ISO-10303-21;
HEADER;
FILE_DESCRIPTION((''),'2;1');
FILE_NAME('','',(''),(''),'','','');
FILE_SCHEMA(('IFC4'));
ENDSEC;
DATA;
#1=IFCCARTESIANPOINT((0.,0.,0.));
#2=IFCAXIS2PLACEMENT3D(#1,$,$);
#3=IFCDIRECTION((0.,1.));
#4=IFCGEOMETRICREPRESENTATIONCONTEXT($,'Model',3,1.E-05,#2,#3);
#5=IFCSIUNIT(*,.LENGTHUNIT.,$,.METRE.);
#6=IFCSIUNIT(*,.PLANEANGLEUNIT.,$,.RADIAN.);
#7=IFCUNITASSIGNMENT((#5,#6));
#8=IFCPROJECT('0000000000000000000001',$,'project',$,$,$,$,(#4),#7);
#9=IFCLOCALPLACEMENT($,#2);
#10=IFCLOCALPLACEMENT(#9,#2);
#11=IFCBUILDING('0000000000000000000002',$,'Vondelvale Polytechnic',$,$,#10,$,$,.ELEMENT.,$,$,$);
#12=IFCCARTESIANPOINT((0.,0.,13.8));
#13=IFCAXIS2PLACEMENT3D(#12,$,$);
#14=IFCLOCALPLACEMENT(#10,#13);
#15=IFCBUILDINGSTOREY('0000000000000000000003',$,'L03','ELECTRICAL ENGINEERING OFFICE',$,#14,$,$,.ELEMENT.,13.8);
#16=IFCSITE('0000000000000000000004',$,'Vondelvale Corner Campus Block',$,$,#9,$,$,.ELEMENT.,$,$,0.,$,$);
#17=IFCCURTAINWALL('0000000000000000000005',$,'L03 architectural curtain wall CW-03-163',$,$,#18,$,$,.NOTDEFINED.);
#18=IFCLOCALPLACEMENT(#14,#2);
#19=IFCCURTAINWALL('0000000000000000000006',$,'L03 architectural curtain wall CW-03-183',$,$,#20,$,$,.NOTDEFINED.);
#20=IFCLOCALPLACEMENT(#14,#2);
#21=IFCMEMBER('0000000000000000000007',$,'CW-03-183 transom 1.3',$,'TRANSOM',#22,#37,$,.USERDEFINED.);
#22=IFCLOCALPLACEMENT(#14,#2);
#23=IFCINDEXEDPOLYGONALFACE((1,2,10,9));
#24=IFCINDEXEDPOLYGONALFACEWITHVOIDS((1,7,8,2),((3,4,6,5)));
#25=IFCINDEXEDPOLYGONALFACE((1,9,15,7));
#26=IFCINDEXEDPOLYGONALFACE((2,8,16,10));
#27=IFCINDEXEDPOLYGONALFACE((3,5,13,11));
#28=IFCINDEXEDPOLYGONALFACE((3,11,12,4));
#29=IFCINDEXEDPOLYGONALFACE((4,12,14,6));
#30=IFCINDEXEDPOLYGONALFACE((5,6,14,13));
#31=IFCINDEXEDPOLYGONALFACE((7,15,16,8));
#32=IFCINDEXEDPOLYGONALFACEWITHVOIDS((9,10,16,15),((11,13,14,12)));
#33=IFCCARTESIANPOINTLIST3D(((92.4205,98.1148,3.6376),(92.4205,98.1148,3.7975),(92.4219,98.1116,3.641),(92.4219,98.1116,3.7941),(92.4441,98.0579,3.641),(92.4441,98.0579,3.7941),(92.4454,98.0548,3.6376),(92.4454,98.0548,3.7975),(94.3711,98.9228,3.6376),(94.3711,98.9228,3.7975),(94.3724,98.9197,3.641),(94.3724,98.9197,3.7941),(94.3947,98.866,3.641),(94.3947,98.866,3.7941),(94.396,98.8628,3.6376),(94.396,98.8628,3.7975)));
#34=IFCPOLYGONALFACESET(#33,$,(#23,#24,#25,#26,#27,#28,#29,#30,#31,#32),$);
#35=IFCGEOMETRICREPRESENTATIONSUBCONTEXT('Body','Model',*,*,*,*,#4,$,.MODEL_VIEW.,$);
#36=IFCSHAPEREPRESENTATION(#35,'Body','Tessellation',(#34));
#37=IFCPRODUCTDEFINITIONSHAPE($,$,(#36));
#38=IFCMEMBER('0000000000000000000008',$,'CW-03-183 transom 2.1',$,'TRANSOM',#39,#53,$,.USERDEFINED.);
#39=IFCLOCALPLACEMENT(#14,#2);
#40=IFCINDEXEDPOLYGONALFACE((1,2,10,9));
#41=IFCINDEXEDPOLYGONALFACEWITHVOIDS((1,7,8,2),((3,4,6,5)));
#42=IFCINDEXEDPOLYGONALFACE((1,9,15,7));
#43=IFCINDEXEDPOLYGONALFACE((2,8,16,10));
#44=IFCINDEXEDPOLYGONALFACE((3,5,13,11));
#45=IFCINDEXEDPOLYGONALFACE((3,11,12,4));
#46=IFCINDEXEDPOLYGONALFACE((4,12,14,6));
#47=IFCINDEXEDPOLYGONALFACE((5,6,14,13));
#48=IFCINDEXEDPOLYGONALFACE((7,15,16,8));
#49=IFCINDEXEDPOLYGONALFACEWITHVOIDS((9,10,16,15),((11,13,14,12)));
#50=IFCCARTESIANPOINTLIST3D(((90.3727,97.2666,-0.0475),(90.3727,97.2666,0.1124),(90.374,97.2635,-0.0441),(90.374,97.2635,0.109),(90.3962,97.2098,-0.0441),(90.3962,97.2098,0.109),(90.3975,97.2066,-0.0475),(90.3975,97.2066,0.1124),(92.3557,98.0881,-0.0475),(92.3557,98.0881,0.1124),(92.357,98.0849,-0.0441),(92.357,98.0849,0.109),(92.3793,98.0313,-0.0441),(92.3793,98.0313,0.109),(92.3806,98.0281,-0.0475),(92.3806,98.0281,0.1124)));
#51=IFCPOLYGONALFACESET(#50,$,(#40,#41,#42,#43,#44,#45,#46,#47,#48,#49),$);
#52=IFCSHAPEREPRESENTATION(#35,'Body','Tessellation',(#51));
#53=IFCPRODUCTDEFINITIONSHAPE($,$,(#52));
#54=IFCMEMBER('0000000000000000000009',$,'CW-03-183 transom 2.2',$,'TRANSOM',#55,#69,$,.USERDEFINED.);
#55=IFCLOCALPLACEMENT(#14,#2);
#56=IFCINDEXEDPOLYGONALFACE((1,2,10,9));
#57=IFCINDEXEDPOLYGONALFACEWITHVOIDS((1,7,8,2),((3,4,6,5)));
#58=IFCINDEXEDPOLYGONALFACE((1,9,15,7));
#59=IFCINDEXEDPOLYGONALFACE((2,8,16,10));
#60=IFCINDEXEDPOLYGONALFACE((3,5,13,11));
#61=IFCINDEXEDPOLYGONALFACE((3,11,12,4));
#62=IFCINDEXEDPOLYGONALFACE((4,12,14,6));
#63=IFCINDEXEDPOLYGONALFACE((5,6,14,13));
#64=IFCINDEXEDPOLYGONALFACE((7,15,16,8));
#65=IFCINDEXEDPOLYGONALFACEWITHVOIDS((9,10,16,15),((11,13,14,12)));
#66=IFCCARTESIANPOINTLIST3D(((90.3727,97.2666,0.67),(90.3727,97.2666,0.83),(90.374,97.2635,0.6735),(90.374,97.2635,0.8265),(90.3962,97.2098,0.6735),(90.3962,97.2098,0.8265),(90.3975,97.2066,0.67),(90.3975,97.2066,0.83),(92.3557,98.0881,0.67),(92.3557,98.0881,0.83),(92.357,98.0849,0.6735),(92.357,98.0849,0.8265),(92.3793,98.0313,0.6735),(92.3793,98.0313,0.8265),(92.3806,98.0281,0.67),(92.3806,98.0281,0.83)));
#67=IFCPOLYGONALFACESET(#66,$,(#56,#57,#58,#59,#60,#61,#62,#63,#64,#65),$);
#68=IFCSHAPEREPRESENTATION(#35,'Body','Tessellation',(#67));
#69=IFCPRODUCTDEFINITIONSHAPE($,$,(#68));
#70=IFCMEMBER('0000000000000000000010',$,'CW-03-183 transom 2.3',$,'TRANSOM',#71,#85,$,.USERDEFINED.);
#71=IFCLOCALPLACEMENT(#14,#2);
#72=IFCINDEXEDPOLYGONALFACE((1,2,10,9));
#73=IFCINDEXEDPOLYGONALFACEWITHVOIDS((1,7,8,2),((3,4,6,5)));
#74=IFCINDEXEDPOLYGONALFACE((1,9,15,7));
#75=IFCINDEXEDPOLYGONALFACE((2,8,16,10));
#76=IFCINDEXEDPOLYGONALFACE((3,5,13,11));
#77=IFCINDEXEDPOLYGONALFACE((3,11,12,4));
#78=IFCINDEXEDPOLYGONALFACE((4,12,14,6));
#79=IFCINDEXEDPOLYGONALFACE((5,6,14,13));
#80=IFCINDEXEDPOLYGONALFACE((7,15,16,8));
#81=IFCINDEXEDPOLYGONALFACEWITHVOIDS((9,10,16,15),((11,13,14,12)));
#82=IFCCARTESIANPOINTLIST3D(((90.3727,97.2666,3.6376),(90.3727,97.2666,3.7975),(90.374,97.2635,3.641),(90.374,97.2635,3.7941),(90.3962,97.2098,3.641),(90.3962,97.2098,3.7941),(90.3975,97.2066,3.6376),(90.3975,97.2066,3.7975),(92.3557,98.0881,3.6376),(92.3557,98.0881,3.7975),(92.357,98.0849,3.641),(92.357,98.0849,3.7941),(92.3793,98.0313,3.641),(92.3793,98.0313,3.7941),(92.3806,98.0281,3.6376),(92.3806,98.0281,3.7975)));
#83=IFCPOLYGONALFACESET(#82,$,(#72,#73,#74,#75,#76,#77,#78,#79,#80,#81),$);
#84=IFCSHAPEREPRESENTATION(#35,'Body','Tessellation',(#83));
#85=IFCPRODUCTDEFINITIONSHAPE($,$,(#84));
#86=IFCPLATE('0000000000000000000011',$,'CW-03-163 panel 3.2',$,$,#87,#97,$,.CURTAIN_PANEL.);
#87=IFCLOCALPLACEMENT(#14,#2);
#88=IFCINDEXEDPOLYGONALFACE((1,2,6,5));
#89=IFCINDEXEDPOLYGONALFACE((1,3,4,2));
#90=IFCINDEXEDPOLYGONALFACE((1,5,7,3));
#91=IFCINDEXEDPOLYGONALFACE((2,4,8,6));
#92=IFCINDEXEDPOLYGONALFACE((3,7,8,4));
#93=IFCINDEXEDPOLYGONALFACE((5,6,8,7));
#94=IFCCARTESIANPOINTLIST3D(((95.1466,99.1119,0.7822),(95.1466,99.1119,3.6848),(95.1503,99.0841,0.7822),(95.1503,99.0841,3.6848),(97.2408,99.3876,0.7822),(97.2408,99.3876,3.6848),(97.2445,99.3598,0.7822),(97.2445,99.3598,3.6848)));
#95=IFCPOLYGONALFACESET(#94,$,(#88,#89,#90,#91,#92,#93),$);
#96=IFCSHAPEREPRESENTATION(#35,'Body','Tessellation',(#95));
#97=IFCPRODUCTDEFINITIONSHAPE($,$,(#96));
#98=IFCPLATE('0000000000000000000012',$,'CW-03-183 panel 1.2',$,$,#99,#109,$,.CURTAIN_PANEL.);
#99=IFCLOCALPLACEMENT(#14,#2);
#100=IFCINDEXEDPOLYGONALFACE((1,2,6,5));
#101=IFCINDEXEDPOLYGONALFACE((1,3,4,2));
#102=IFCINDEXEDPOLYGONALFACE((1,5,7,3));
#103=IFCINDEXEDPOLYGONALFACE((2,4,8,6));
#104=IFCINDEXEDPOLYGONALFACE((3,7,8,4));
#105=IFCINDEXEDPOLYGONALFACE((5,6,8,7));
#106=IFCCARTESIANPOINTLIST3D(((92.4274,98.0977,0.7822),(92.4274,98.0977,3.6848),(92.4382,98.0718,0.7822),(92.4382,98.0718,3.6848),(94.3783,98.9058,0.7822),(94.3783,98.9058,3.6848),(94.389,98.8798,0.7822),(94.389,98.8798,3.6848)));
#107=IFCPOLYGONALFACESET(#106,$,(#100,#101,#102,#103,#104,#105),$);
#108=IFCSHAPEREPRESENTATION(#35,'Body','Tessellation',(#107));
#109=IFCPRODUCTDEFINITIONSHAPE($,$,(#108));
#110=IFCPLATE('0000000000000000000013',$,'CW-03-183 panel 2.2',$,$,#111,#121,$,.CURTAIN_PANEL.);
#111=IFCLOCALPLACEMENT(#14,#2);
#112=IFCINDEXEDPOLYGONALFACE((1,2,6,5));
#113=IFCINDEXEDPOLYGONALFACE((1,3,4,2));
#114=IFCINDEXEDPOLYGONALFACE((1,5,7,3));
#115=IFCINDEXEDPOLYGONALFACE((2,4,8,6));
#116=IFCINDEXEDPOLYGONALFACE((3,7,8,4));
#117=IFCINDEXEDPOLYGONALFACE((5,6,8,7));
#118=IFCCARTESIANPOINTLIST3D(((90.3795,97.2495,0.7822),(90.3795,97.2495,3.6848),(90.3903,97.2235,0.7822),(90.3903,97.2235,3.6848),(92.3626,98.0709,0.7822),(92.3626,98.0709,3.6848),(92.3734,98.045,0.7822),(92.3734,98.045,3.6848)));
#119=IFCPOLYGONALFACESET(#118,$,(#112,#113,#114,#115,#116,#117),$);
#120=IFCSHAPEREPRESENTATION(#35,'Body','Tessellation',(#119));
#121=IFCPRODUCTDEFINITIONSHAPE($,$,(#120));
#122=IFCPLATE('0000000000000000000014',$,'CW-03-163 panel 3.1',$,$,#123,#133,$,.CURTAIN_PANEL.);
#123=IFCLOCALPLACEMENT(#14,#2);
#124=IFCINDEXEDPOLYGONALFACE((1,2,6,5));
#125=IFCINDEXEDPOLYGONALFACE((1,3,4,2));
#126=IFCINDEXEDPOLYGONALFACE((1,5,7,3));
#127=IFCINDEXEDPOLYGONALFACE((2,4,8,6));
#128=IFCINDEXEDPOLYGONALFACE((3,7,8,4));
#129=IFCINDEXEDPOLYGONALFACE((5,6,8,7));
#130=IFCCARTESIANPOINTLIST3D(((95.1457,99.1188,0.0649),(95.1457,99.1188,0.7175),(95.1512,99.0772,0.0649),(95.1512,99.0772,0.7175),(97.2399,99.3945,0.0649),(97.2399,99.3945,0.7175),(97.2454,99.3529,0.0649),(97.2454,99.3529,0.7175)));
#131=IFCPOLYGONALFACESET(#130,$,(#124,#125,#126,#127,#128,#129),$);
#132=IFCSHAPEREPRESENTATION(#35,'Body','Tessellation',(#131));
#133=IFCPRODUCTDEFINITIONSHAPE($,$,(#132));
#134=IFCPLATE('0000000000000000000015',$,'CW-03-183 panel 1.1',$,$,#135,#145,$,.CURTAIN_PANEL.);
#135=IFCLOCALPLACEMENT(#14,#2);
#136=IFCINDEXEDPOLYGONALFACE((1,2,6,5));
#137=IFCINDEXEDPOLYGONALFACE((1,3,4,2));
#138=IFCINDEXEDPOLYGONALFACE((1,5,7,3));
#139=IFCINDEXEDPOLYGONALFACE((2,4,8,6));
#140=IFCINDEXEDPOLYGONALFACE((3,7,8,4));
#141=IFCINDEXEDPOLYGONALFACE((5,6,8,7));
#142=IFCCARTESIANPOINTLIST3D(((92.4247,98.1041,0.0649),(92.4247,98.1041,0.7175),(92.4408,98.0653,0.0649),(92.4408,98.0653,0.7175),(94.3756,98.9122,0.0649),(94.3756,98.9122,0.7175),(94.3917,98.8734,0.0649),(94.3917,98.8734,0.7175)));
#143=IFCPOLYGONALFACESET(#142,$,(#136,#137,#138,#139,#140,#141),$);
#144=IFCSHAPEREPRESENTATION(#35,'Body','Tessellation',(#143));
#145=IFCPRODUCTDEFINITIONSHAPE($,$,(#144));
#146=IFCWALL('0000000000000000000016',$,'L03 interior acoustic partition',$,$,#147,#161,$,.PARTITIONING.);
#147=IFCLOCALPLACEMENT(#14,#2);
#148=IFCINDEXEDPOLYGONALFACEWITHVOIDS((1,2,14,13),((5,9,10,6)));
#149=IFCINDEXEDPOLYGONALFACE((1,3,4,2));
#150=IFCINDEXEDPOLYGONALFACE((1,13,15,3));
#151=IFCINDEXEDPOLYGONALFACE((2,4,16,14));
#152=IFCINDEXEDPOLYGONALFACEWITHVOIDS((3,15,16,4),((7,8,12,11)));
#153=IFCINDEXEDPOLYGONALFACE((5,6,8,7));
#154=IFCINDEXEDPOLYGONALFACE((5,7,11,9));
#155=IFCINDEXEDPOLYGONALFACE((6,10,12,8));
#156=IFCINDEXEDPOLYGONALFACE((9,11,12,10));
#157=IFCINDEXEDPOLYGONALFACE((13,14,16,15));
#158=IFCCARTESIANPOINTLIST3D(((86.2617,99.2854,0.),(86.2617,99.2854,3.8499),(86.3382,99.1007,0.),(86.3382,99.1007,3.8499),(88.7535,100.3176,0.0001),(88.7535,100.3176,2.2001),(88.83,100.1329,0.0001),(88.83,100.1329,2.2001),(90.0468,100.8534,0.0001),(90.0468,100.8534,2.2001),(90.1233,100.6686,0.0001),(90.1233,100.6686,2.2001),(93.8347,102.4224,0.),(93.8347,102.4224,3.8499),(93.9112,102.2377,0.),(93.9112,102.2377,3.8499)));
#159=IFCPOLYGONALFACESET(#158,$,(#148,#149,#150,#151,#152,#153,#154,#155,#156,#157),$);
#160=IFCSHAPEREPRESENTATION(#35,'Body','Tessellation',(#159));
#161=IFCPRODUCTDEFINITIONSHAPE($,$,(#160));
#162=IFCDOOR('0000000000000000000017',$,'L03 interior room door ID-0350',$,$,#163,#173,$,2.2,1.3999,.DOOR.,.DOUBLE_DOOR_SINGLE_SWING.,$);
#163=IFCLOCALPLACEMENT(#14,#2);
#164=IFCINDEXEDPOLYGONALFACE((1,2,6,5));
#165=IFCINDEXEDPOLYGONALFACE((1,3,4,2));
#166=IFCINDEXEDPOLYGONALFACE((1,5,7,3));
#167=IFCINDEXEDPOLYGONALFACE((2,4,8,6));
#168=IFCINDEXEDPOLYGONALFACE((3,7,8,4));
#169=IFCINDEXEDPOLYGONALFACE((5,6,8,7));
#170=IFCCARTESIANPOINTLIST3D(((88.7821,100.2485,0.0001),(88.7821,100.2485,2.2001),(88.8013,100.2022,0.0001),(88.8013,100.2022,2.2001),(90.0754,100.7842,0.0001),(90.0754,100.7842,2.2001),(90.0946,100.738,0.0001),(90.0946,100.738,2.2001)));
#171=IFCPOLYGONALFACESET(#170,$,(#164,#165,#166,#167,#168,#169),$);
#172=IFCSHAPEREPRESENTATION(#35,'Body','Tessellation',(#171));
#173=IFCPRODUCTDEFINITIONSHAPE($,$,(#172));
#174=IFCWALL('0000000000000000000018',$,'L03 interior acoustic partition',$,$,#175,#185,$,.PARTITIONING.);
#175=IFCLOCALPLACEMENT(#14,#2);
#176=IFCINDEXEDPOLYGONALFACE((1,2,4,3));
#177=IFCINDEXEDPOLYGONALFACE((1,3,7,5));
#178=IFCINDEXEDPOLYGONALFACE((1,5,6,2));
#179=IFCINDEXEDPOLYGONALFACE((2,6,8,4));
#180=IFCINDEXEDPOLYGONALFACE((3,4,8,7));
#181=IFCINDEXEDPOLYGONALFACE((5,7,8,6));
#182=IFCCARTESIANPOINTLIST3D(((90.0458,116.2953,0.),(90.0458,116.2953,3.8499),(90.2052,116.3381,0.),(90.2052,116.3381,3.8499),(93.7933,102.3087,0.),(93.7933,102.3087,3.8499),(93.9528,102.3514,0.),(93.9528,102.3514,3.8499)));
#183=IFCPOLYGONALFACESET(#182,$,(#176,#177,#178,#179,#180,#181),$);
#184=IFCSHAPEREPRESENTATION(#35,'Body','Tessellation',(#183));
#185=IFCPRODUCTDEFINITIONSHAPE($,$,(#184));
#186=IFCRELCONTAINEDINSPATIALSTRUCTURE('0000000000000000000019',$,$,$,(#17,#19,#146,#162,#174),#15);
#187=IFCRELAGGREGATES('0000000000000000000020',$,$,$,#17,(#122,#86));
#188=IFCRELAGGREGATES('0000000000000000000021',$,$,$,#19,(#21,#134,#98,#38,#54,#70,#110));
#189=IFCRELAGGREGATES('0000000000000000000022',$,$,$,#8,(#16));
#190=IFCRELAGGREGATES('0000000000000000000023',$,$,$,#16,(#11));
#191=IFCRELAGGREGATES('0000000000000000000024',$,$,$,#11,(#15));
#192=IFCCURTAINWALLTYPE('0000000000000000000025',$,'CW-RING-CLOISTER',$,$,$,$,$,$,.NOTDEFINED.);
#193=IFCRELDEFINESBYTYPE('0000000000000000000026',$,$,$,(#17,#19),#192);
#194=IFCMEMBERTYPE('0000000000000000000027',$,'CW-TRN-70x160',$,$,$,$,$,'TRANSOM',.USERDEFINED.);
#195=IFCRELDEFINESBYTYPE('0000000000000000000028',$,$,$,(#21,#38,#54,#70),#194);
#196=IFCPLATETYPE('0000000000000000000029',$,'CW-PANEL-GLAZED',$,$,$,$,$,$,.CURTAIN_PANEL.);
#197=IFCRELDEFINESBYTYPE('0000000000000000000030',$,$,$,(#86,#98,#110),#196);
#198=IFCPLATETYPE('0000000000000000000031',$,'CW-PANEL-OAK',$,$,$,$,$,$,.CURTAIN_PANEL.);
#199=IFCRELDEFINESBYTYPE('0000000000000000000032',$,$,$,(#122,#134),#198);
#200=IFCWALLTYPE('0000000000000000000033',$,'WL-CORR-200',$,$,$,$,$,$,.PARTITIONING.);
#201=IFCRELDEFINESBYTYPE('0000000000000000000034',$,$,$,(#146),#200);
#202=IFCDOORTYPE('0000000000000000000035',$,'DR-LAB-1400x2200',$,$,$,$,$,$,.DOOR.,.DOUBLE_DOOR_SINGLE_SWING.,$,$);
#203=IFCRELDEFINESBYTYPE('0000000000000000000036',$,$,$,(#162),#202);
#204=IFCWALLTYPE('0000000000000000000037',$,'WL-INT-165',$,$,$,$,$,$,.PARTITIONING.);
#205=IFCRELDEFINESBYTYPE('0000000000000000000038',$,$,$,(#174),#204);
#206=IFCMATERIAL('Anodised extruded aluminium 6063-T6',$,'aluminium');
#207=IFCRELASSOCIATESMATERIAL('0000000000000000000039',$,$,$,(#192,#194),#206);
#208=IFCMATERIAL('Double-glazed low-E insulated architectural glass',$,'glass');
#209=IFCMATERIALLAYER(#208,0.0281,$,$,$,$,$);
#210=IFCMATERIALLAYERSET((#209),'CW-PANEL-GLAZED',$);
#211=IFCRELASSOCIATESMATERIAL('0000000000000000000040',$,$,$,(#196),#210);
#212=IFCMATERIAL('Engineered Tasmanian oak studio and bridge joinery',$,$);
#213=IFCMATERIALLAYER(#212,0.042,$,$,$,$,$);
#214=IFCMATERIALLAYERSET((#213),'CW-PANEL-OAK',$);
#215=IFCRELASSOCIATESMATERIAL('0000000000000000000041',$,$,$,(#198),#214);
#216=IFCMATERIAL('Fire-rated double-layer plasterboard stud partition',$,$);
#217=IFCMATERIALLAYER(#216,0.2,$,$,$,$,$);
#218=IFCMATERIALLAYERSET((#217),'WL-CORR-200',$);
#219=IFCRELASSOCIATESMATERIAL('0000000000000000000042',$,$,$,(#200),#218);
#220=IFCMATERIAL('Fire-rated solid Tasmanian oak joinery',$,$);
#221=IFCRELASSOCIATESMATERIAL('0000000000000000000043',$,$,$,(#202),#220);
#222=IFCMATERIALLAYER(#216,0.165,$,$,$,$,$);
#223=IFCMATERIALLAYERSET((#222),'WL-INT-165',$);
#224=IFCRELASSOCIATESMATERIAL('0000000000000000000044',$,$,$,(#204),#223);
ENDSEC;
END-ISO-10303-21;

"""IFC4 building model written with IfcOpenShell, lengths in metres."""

from ifc_helpers import new_model, si_unit, direction, frame, frame_2d, origin, origin_2d, place, context, subcontext, project, spatial, rectangle, hollow_rectangle, extrude, material, layer, layer_set, material_profile, profile_set, type_object, element, fill, aggregate, save


model = new_model("IFC4")

# Units and contexts
model_context = context("Model", 3, precision=1e-05, world=origin(), true_north=direction((0.0, 1.0)))
body_context = subcontext(model_context, "Body", "Model", "MODEL_VIEW")
ifc_project = project(units=[si_unit("LENGTHUNIT", "METRE"), si_unit("PLANEANGLEUNIT", "RADIAN")], contexts=[model_context])

# Site, building, storey
site_placement = place(None, origin())
site = spatial("IfcSite", under=ifc_project, at=site_placement, Name="Vondelvale Corner Campus Block", CompositionType="ELEMENT", RefElevation=0.0)
building_placement = place(site_placement, origin())
building = spatial("IfcBuilding", under=site, at=building_placement, Name="Vondelvale Polytechnic", CompositionType="ELEMENT")
storey_placement = place(building_placement, frame((0.0, 0.0, 13.8)))
storey = spatial("IfcBuildingStorey", under=building, at=storey_placement, Name="L03", Description="ELECTRICAL ENGINEERING OFFICE", CompositionType="ELEMENT", Elevation=13.8)

# Curtain wall
ifc_material_1 = material(Name="Anodised extruded aluminium 6063-T6", Category="aluminium")
curtain_wall_type = type_object("IfcCurtainWallType", Name="CW-RING-CLOISTER", PredefinedType="NOTDEFINED", material=ifc_material_1)
curtain_wall_1_placement = place(storey_placement, origin())
curtain_wall_1 = element("IfcCurtainWall", 1, at=curtain_wall_1_placement, inside=storey, type_object=curtain_wall_type, Name="L03 architectural curtain wall CW-03-163", PredefinedType="NOTDEFINED")

# Curtain wall, members
curtain_wall_2_placement = place(storey_placement, origin())
curtain_wall_2 = element("IfcCurtainWall", 2, at=curtain_wall_2_placement, inside=storey, type_object=curtain_wall_type, Name="L03 architectural curtain wall CW-03-183", PredefinedType="NOTDEFINED")
ifc_material_profile_1 = material_profile(ifc_material_1, hollow_rectangle(XDim=0.0649, YDim=0.1599, WallThickness=0.0034, at=origin_2d()), Name="CW-TRN-160x65")
ifc_profile_set_1 = profile_set([ifc_material_profile_1], Name="Anodised extruded aluminium 6063-T6")
member_type_1 = type_object("IfcMemberType", Name="CW-TRN-70x160", ElementType="TRANSOM", PredefinedType="USERDEFINED", material=ifc_profile_set_1)
member_1_placement = place(storey_placement, frame((94.3835, 98.8928, 3.7175), z_axis=(-0.923862, -0.382726, 0.0), x_axis=(0.382726, -0.923862, 0.0)))
member_1 = element("IfcMember", 3, at=member_1_placement, type_object=member_type_1, Name="CW-03-183 transom 1.3", ObjectType="TRANSOM", PredefinedType="USERDEFINED", context=body_context, shape_type="SweptSolid", body=[
    extrude(hollow_rectangle(XDim=0.0649, YDim=0.1599, WallThickness=0.0034, at=origin_2d()), origin(), (0.0, 0.0, 1.0), 2.1113),
])
member_2_placement = place(storey_placement, frame((92.3682, 98.0581, 0.0325), z_axis=(-0.923866, -0.382717, 0.0), x_axis=(0.382717, -0.923866, 0.0)))
member_2 = element("IfcMember", 4, at=member_2_placement, type_object=member_type_1, Name="CW-03-183 transom 2.1", ObjectType="TRANSOM", PredefinedType="USERDEFINED", context=body_context, shape_type="SweptSolid", body=[
    extrude(hollow_rectangle(XDim=0.0649, YDim=0.1599, WallThickness=0.0034, at=origin_2d()), origin(), (0.0, 0.0, 1.0), 2.1465),
])
member_3_placement = place(storey_placement, frame((92.3682, 98.0581, 0.75), z_axis=(-0.923866, -0.382717, 0.0), x_axis=(0.382717, -0.923866, 0.0)))
member_3 = element("IfcMember", 5, at=member_3_placement, type_object=member_type_1, Name="CW-03-183 transom 2.2", ObjectType="TRANSOM", PredefinedType="USERDEFINED", context=body_context, shape_type="SweptSolid", body=[
    extrude(hollow_rectangle(XDim=0.0649, YDim=0.1599, WallThickness=0.0034, at=origin_2d()), origin(), (0.0, 0.0, 1.0), 2.1465),
])
member_4_placement = place(storey_placement, frame((92.3682, 98.0581, 3.7175), z_axis=(-0.923866, -0.382717, 0.0), x_axis=(0.382717, -0.923866, 0.0)))
member_4 = element("IfcMember", 6, at=member_4_placement, type_object=member_type_1, Name="CW-03-183 transom 2.3", ObjectType="TRANSOM", PredefinedType="USERDEFINED", context=body_context, shape_type="SweptSolid", body=[
    extrude(hollow_rectangle(XDim=0.0649, YDim=0.1599, WallThickness=0.0034, at=origin_2d()), origin(), (0.0, 0.0, 1.0), 2.1465),
])

# Plates
ifc_material_2 = material(Name="Double-glazed low-E insulated architectural glass", Category="glass")
ifc_layer_1 = layer(ifc_material_2, 0.0281)
ifc_layer_set_1 = layer_set([ifc_layer_1], Name="CW-PANEL-GLAZED")
plate_type_1 = type_object("IfcPlateType", Name="CW-PANEL-GLAZED", PredefinedType="CURTAIN_PANEL", material=ifc_layer_set_1)
plate_1_placement = place(storey_placement, frame((96.1956, 99.2358, 0.7822), z_axis=(0.0, 0.0, 1.0), x_axis=(-0.991445, -0.130528, 0.0)))
plate_1 = element("IfcPlate", 7, at=plate_1_placement, type_object=plate_type_1, Name="CW-03-163 panel 3.2", PredefinedType="CURTAIN_PANEL", context=body_context, shape_type="SweptSolid", body=[
    extrude(rectangle(XDim=2.1123, YDim=0.0281, at=origin_2d()), origin(), (0.0, 0.0, 1.0), 2.9026),
])
plate_2_placement = place(storey_placement, frame((93.4082, 98.4888, 0.7822), z_axis=(0.0, 0.0, 1.0), x_axis=(-0.923882, -0.382679, 0.0)))
plate_2 = element("IfcPlate", 8, at=plate_2_placement, type_object=plate_type_1, Name="CW-03-183 panel 1.2", PredefinedType="CURTAIN_PANEL", context=body_context, shape_type="SweptSolid", body=[
    extrude(rectangle(XDim=2.1116, YDim=0.0281, at=origin_2d()), origin(), (0.0, 0.0, 1.0), 2.9026),
])
plate_3_placement = place(storey_placement, frame((91.3765, 97.6472, 0.7822), z_axis=(0.0, 0.0, 1.0), x_axis=(-0.923882, -0.382679, 0.0)))
plate_3 = element("IfcPlate", 9, at=plate_3_placement, type_object=plate_type_1, Name="CW-03-183 panel 2.2", PredefinedType="CURTAIN_PANEL", context=body_context, shape_type="SweptSolid", body=[
    extrude(rectangle(XDim=2.1465, YDim=0.0281, at=origin_2d()), origin(), (0.0, 0.0, 1.0), 2.9026),
])
ifc_material_3 = material(Name="Engineered Tasmanian oak studio and bridge joinery")
ifc_layer_2 = layer(ifc_material_3, 0.042)
ifc_layer_set_2 = layer_set([ifc_layer_2], Name="CW-PANEL-OAK")
plate_type_2 = type_object("IfcPlateType", Name="CW-PANEL-OAK", PredefinedType="CURTAIN_PANEL", material=ifc_layer_set_2)
plate_4_placement = place(storey_placement, frame((96.1956, 99.2358, 0.0649), z_axis=(0.0, 0.0, 1.0), x_axis=(-0.991445, -0.130528, 0.0)))
plate_4 = element("IfcPlate", 10, at=plate_4_placement, type_object=plate_type_2, Name="CW-03-163 panel 3.1", PredefinedType="CURTAIN_PANEL", context=body_context, shape_type="SweptSolid", body=[
    extrude(rectangle(XDim=2.1123, YDim=0.042, at=origin_2d()), origin(), (0.0, 0.0, 1.0), 0.6526),
])
aggregate(curtain_wall_1, [plate_4, plate_1])
plate_5_placement = place(storey_placement, frame((93.4082, 98.4888, 0.0649), z_axis=(0.0, 0.0, 1.0), x_axis=(-0.923882, -0.382679, 0.0)))
plate_5 = element("IfcPlate", 11, at=plate_5_placement, type_object=plate_type_2, Name="CW-03-183 panel 1.1", PredefinedType="CURTAIN_PANEL", context=body_context, shape_type="SweptSolid", body=[
    extrude(rectangle(XDim=2.1116, YDim=0.042, at=origin_2d()), origin(), (0.0, 0.0, 1.0), 0.6526),
])
aggregate(curtain_wall_2, [member_1, plate_5, plate_2, member_2, member_3, member_4, plate_3])

# Wall, opening, door
ifc_material_4 = material(Name="Fire-rated double-layer plasterboard stud partition")
ifc_layer_3 = layer(ifc_material_4, 0.2)
ifc_layer_set_3 = layer_set([ifc_layer_3], Name="WL-CORR-200")
wall_type_1 = type_object("IfcWallType", Name="WL-CORR-200", PredefinedType="PARTITIONING", material=ifc_layer_set_3)
wall_1_placement = place(storey_placement, frame((93.873, 102.3301, 0.0), z_axis=(0.0, 0.0, 1.0), x_axis=(-0.923874, -0.382696, 0.0)))
wall_1 = element("IfcWall", 12, at=wall_1_placement, inside=storey, type_object=wall_type_1, Name="L03 interior acoustic partition", PredefinedType="PARTITIONING", context=body_context, shape_type="SweptSolid", body=[
    extrude(rectangle(XDim=8.197, YDim=0.2, at=frame_2d((4.0986, 0.0))), origin(), (0.0, 0.0, 1.0), 3.8499),
])
opening_placement = place(wall_1_placement, frame((4.1001, 0.0, 0.0)))
opening = element("IfcOpeningElement", 13, at=opening_placement, cuts=wall_1, PredefinedType="OPENING", context=body_context, shape_type="SweptSolid", body=[
    extrude(rectangle(XDim=1.3999, YDim=2.2, at=frame_2d((0.7, 1.1001))), frame((0.0, 0.1099, 0.0), z_axis=(0.0, -1.0, 0.0), x_axis=(1.0, 0.0, 0.0)), (0.0, 0.0, 1.0), 0.22),
])
ifc_material_5 = material(Name="Fire-rated solid Tasmanian oak joinery")
door_type = type_object("IfcDoorType", Name="DR-LAB-1400x2200", OperationType="DOUBLE_DOOR_SINGLE_SWING", PredefinedType="DOOR", material=ifc_material_5)
door_placement = place(opening_placement, origin())
door = element("IfcDoor", 14, at=door_placement, inside=storey, type_object=door_type, Name="L03 interior room door ID-0350", OperationType="DOUBLE_DOOR_SINGLE_SWING", OverallHeight=2.2, OverallWidth=1.3999, PredefinedType="DOOR", context=body_context, shape_type="SweptSolid", body=[
    extrude(rectangle(XDim=1.3999, YDim=2.2, at=frame_2d((0.7, 1.1001))), frame((0.0, 0.0249, 0.0), z_axis=(0.0, -1.0, 0.0), x_axis=(1.0, 0.0, 0.0)), (0.0, 0.0, 1.0), 0.05),
])
fill(opening, door)

# Wall
ifc_layer_4 = layer(ifc_material_4, 0.165)
ifc_layer_set_4 = layer_set([ifc_layer_4], Name="WL-INT-165")
wall_type_2 = type_object("IfcWallType", Name="WL-INT-165", PredefinedType="PARTITIONING", material=ifc_layer_set_4)
wall_2_placement = place(storey_placement, frame((93.873, 102.3301, 0.0), z_axis=(0.0, 0.0, 1.0), x_axis=(-0.258811, 0.965928, 0.0)))
element("IfcWall", 15, at=wall_2_placement, inside=storey, type_object=wall_type_2, Name="L03 interior acoustic partition", PredefinedType="PARTITIONING", context=body_context, shape_type="SweptSolid", body=[
    extrude(rectangle(XDim=14.48, YDim=0.165, at=frame_2d((7.24, 0.0))), origin(), (0.0, 0.0, 1.0), 3.8499),
])

save(model, "model.ifc")
